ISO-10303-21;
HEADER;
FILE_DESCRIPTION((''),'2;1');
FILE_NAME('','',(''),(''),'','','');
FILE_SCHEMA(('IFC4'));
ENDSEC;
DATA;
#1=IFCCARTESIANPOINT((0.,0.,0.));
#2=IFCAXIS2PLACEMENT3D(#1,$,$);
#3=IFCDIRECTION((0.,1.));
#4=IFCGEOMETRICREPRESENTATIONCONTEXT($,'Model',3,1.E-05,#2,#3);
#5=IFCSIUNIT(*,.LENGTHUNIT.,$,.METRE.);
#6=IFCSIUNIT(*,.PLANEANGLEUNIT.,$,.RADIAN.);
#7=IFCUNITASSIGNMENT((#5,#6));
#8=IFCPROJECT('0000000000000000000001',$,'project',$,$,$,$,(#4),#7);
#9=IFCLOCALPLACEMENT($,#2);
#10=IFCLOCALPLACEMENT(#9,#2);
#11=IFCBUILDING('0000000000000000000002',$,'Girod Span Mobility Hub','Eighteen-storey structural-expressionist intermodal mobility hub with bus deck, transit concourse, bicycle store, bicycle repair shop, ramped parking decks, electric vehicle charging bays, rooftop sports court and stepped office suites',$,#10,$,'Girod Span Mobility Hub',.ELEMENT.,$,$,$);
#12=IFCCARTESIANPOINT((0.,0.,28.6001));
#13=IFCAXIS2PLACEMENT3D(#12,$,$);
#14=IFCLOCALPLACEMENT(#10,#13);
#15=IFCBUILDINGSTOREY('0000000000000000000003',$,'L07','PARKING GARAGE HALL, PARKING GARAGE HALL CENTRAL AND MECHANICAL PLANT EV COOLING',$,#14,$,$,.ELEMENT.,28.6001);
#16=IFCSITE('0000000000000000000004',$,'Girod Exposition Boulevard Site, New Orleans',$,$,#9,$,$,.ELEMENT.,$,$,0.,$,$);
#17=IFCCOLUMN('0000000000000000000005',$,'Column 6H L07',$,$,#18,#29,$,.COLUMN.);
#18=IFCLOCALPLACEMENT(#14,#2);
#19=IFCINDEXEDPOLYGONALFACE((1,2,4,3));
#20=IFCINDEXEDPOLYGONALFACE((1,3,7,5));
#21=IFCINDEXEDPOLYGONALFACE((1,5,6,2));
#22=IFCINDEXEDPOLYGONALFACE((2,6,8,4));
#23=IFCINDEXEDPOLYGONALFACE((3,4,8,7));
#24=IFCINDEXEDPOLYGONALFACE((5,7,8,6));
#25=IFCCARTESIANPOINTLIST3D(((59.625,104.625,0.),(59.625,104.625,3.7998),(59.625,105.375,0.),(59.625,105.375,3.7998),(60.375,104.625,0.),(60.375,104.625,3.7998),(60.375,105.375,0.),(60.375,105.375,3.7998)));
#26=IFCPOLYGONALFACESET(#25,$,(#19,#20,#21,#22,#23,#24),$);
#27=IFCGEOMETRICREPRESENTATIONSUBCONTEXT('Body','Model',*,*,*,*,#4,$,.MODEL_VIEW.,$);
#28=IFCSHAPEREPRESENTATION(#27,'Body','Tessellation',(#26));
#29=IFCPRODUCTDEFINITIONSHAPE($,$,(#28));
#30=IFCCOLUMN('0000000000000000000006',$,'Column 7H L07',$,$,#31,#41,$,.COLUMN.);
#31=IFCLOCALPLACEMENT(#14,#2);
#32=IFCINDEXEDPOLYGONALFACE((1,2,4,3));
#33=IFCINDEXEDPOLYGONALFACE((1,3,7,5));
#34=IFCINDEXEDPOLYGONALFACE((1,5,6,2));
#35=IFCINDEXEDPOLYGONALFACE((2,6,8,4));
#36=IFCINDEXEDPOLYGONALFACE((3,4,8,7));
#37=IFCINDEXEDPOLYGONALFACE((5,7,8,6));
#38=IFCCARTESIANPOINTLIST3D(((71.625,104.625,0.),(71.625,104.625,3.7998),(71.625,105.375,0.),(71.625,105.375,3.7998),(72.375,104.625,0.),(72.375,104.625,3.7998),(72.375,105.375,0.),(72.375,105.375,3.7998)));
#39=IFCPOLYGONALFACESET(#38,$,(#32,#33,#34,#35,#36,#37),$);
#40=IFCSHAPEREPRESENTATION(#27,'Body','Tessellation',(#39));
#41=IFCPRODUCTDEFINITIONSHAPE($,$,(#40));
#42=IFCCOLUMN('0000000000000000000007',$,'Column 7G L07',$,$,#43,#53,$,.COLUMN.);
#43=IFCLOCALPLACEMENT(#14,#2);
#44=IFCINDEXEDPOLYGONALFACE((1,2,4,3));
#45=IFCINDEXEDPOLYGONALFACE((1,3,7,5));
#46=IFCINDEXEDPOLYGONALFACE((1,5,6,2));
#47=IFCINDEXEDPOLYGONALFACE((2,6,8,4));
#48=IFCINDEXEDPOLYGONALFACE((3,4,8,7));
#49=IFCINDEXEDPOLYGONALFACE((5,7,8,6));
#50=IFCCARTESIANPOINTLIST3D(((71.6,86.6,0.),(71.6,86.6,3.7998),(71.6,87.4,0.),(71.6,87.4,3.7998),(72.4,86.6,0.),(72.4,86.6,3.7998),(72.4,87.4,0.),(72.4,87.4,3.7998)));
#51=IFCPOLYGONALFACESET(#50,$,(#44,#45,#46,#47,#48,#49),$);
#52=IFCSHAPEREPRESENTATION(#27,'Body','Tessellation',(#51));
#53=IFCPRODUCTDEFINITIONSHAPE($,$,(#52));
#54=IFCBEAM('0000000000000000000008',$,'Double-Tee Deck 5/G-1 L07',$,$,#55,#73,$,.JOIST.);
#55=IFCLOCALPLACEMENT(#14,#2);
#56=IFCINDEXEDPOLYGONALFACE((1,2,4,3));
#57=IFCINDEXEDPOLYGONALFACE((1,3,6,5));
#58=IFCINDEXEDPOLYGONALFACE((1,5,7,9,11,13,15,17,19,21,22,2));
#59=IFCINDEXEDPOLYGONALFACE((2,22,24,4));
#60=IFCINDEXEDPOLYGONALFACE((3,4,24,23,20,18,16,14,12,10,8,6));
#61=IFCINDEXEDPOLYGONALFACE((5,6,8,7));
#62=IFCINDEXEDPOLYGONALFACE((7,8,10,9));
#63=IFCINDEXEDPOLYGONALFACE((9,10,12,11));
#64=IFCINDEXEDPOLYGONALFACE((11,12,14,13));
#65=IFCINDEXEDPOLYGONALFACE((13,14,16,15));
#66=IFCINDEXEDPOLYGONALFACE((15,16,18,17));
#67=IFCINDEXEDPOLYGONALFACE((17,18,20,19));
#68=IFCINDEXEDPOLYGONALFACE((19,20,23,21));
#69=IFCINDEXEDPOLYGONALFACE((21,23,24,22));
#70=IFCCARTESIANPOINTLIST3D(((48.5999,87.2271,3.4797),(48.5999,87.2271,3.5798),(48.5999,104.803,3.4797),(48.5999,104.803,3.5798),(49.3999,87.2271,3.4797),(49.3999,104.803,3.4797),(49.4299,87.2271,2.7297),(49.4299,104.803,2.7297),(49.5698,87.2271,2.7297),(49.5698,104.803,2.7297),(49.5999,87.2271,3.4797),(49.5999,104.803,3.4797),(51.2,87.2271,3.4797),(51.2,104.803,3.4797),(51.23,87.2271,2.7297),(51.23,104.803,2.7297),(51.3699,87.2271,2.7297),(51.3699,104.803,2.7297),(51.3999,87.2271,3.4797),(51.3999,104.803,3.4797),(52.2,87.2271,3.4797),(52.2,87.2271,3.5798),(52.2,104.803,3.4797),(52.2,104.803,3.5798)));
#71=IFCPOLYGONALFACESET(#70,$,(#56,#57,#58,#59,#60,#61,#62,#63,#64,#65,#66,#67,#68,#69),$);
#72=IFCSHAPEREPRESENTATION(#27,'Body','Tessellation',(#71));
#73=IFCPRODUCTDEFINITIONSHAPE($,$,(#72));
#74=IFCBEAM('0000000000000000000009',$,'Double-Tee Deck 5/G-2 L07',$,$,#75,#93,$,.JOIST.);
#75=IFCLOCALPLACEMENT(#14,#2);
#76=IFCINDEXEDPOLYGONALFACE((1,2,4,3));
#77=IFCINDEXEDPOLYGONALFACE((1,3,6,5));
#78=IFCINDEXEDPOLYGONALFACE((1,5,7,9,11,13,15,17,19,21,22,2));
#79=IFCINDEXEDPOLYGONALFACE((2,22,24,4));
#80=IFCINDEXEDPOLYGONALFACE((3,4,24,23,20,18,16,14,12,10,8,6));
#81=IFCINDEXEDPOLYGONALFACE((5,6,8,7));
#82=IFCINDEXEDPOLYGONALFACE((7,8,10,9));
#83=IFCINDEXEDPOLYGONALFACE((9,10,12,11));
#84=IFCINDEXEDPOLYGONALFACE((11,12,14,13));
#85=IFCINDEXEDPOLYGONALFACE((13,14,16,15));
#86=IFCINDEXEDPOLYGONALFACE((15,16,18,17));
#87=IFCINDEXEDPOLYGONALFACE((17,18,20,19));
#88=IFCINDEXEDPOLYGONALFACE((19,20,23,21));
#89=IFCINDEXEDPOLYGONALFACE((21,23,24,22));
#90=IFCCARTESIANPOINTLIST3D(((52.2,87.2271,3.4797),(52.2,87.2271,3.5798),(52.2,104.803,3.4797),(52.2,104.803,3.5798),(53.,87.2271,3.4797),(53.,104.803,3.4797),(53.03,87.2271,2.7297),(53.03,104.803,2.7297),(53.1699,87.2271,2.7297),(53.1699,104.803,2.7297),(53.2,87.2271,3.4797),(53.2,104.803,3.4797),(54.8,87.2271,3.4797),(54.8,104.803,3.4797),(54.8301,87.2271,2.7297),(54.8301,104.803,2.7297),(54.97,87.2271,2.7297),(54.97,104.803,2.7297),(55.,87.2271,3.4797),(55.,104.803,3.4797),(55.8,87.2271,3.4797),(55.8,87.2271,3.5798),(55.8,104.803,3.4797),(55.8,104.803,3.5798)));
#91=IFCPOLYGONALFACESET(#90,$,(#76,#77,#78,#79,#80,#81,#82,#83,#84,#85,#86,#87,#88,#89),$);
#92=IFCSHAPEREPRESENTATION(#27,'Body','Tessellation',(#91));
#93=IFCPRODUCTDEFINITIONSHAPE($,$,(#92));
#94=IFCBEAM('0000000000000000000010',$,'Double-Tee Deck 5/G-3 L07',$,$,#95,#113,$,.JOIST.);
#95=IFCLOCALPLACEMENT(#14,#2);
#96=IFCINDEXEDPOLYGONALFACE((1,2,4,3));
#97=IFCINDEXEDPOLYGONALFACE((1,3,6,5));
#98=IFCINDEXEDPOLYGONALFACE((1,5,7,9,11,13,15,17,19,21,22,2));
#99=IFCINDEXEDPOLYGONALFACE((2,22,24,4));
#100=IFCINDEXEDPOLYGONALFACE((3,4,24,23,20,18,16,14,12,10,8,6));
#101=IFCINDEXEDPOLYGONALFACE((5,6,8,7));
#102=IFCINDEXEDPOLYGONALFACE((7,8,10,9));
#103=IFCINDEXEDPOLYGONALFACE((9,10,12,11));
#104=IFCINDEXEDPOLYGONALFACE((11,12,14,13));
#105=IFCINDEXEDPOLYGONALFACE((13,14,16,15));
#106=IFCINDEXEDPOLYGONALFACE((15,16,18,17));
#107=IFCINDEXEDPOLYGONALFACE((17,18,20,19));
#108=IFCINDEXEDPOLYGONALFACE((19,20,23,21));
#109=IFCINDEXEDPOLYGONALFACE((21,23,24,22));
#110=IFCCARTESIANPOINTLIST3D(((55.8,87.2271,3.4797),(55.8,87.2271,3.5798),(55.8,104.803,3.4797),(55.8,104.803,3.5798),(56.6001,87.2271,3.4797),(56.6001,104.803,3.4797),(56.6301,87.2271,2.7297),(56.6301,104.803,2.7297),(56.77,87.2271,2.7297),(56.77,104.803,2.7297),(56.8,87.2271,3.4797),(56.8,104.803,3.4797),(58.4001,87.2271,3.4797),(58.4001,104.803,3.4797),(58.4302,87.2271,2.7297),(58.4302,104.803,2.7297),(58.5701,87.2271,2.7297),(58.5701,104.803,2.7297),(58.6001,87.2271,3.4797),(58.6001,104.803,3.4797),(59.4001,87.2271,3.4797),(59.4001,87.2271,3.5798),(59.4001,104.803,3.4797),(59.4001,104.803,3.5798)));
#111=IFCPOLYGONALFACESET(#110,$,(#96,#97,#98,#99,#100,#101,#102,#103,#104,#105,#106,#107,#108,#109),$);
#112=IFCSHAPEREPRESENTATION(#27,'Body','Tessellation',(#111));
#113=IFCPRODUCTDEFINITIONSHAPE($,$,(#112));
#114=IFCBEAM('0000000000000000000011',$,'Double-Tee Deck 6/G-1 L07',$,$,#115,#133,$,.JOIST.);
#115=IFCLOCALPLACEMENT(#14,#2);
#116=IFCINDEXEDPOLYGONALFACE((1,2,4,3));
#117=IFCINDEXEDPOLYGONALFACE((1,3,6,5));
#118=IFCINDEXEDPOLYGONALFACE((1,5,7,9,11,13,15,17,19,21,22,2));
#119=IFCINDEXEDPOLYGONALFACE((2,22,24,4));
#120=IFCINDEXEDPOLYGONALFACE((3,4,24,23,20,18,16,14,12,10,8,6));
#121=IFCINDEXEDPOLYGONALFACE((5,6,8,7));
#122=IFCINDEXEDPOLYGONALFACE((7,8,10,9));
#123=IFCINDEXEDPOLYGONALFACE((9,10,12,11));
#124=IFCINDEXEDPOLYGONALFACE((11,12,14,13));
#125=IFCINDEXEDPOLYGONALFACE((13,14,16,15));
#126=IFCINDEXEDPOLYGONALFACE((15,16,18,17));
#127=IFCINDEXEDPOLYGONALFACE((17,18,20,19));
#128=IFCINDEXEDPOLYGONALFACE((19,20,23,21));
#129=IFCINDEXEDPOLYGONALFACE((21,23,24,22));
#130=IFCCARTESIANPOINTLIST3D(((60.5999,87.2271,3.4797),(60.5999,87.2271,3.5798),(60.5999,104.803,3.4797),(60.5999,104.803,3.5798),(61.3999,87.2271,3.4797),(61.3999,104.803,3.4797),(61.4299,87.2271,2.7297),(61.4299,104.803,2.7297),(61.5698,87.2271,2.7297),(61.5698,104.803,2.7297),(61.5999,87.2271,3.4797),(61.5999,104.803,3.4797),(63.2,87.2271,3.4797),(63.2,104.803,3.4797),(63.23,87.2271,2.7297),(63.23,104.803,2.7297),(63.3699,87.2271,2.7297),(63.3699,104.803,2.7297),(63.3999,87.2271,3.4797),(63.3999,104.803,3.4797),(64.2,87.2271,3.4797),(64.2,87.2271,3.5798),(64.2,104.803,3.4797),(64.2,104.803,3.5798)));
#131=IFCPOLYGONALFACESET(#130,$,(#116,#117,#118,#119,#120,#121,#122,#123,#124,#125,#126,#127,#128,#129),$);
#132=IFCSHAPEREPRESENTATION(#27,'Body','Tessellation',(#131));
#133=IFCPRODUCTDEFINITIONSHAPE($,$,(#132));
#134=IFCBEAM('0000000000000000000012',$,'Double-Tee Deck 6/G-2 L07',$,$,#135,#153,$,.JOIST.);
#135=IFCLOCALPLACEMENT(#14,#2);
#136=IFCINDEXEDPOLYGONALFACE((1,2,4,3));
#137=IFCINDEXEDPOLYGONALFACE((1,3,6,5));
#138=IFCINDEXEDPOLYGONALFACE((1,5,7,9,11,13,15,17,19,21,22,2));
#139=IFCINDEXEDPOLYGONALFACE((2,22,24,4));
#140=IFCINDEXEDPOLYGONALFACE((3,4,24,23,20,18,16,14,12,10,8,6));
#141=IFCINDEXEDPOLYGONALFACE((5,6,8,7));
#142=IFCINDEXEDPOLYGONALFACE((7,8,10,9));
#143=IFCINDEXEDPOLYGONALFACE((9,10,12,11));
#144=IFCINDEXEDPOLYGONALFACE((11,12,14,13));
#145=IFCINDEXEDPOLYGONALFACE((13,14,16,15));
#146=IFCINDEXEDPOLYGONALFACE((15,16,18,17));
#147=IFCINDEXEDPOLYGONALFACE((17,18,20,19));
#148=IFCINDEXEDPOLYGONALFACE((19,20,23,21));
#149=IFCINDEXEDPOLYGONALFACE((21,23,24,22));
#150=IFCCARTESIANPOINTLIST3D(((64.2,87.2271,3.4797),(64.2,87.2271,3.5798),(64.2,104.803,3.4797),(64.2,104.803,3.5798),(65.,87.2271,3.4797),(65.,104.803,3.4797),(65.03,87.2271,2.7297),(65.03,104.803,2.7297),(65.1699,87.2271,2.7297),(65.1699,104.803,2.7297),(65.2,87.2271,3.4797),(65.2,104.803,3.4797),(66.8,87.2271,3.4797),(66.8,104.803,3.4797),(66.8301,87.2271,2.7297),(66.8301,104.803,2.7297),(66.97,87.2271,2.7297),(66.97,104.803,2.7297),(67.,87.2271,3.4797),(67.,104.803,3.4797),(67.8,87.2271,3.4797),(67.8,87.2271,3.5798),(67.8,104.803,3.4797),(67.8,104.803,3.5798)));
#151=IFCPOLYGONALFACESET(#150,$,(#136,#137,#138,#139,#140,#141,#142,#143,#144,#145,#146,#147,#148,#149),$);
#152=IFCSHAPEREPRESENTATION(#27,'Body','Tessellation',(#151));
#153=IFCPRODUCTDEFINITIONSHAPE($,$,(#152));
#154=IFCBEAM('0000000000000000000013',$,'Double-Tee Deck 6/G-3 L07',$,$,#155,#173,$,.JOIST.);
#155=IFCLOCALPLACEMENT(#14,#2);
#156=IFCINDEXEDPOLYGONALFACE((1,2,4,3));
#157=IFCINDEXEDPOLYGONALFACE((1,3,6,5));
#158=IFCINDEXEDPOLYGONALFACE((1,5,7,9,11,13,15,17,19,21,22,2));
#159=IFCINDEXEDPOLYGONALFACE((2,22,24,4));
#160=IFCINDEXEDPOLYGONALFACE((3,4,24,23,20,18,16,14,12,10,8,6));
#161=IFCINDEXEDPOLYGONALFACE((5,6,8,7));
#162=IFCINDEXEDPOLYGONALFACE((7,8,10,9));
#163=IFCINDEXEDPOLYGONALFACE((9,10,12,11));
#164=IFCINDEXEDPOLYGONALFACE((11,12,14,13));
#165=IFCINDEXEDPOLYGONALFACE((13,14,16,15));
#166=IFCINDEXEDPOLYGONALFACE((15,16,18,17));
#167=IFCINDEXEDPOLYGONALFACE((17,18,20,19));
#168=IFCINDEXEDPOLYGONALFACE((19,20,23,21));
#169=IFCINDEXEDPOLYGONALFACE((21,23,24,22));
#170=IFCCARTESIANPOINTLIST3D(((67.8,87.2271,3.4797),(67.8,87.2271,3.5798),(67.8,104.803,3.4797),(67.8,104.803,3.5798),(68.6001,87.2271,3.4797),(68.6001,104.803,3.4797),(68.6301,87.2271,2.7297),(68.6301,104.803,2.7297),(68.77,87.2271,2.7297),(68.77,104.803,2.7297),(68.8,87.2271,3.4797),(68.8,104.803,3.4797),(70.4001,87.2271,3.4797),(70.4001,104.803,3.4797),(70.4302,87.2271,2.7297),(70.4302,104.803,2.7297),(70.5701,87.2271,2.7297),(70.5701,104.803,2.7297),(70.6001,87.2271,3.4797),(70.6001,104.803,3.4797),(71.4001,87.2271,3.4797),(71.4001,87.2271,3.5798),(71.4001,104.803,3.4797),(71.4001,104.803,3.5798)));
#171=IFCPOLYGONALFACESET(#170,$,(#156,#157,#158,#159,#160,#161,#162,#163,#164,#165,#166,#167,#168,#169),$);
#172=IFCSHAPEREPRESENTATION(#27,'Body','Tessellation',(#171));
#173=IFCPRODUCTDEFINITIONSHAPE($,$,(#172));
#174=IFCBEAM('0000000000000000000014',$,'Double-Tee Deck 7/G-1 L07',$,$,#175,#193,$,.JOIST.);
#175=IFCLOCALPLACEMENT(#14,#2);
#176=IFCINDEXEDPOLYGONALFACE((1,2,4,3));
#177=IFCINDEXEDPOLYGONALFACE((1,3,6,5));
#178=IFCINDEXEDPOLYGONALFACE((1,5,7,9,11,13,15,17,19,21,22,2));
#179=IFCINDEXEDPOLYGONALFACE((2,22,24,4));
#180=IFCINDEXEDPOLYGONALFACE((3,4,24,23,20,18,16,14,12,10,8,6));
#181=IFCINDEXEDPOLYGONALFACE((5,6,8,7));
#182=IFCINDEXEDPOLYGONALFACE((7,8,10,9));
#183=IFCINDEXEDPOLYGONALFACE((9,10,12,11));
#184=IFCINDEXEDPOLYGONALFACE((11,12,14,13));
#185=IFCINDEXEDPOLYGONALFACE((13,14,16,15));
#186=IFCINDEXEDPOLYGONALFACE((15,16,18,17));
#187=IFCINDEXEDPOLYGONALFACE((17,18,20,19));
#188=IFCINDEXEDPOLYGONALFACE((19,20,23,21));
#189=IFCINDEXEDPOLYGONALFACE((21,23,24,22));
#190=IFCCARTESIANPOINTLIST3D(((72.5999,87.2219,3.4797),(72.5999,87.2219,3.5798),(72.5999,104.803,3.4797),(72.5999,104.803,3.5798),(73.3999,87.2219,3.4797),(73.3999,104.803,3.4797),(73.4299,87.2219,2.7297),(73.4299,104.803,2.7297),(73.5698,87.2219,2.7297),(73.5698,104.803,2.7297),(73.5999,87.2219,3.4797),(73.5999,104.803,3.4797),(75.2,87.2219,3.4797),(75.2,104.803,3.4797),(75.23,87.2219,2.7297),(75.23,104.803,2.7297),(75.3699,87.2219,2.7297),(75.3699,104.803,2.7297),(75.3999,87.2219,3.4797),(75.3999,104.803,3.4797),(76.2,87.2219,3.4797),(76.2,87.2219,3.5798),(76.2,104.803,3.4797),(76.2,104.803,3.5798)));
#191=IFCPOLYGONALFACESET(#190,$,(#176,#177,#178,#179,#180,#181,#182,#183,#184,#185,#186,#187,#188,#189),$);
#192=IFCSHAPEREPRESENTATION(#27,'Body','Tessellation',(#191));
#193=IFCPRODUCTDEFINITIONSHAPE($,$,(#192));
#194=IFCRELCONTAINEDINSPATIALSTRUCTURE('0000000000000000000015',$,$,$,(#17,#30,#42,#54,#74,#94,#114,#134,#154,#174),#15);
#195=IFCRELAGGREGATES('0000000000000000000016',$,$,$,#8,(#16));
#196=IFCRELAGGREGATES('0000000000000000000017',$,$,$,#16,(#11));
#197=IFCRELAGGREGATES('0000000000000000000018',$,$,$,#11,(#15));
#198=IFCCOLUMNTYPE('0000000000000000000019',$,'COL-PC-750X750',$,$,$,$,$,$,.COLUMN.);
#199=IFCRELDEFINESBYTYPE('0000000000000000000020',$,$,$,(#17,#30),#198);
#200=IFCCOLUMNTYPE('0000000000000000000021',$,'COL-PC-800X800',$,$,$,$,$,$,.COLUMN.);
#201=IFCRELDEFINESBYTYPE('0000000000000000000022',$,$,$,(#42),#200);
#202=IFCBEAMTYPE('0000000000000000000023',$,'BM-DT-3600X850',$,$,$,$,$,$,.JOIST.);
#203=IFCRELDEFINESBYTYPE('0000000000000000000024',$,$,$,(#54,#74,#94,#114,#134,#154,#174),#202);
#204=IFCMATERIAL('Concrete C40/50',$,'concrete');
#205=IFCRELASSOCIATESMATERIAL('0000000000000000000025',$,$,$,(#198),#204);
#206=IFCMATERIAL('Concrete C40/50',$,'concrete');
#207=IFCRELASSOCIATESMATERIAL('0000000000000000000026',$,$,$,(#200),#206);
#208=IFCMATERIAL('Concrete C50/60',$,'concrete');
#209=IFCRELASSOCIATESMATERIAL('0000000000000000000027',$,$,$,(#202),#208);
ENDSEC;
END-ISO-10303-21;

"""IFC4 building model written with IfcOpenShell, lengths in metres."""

from ifc_helpers import new_model, si_unit, direction, frame, origin, origin_2d, place, context, subcontext, project, spatial, polyline, rectangle, outline, extrude, material, material_profile, profile_set, type_object, element, save


model = new_model("IFC4")

# Units and contexts
model_context = context("Model", 3, precision=1e-05, world=origin(), true_north=direction((0.0, 1.0)))
body_context = subcontext(model_context, "Body", "Model", "MODEL_VIEW")
ifc_project = project(units=[si_unit("LENGTHUNIT", "METRE"), si_unit("PLANEANGLEUNIT", "RADIAN")], contexts=[model_context])

# Site, building, storey
site_placement = place(None, origin())
site = spatial("IfcSite", under=ifc_project, at=site_placement, Name="Girod Exposition Boulevard Site, New Orleans", CompositionType="ELEMENT", RefElevation=0.0)
building_placement = place(site_placement, origin())
building = spatial("IfcBuilding", under=site, at=building_placement, Name="Girod Span Mobility Hub", Description="Eighteen-storey structural-expressionist intermodal mobility hub with bus deck, transit concourse, bicycle store, bicycle repair shop, ramped parking decks, electric vehicle charging bays, rooftop sports court and stepped office suites", LongName="Girod Span Mobility Hub", CompositionType="ELEMENT")
storey_placement = place(building_placement, frame((0.0, 0.0, 28.6001)))
storey = spatial("IfcBuildingStorey", under=building, at=storey_placement, Name="L07", Description="PARKING GARAGE HALL, PARKING GARAGE HALL CENTRAL AND MECHANICAL PLANT EV COOLING", CompositionType="ELEMENT", Elevation=28.6001)

# Columns
ifc_material_1 = material(Name="Concrete C40/50", Category="concrete")
ifc_material_profile_1 = material_profile(ifc_material_1, rectangle(XDim=0.75, YDim=0.75, at=origin_2d()), Name="PC-COL-750X750")
ifc_profile_set_1 = profile_set([ifc_material_profile_1], Name="Concrete C40/50")
column_type_1 = type_object("IfcColumnType", Name="COL-PC-750X750", PredefinedType="COLUMN", material=ifc_profile_set_1)
for number, where, z_axis, x_axis, name in (
    (1, (60.0, 105.0, 0.0), (0.0, 0.0, 1.0), (1.0, 0.0, 0.0), "Column 6H L07"),
    (2, (72.0, 105.0, 0.0), (0.0, 0.0, 1.0), (1.0, 0.0, 0.0), "Column 7H L07"),
):
    element("IfcColumn", number, at=place(storey_placement, frame(where, z_axis=z_axis, x_axis=x_axis)), inside=storey, type_object=column_type_1, Name=name, PredefinedType="COLUMN", context=body_context, shape_type="SweptSolid", body=[
        extrude(rectangle(XDim=0.75, YDim=0.75, at=origin_2d()), origin(), (0.0, 0.0, 1.0), 3.7998),
    ])
ifc_material_2 = material(Name="Concrete C40/50", Category="concrete")
ifc_material_profile_2 = material_profile(ifc_material_2, rectangle(XDim=0.8, YDim=0.8, at=origin_2d()), Name="PC-COL-800X800")
ifc_profile_set_2 = profile_set([ifc_material_profile_2], Name="Concrete C40/50")
column_type_2 = type_object("IfcColumnType", Name="COL-PC-800X800", PredefinedType="COLUMN", material=ifc_profile_set_2)
column_placement = place(storey_placement, frame((72.0, 87.0, 0.0), z_axis=(0.0, 0.0, 1.0), x_axis=(1.0, 0.0, 0.0)))
element("IfcColumn", 3, at=column_placement, inside=storey, type_object=column_type_2, Name="Column 7G L07", PredefinedType="COLUMN", context=body_context, shape_type="SweptSolid", body=[
    extrude(rectangle(XDim=0.8, YDim=0.8, at=origin_2d()), origin(), (0.0, 0.0, 1.0), 3.7998),
])

# Beams
ifc_material_3 = material(Name="Concrete C50/60", Category="concrete")
ifc_material_profile_3 = material_profile(ifc_material_3, outline(polyline([(-1.8, 0.425), (-1.8, 0.325), (-1.0, 0.325), (-0.97, -0.425), (-0.8301, -0.425), (-0.8, 0.325), (0.8, 0.325), (0.8301, -0.425), (0.97, -0.425), (1.0, 0.325), (1.8, 0.325), (1.8, 0.425), (-1.8, 0.425)])), Name="DT-3600X850")
ifc_profile_set_3 = profile_set([ifc_material_profile_3], Name="Concrete C50/60")
beam_type_1 = type_object("IfcBeamType", Name="BM-DT-3600X850", PredefinedType="JOIST", material=ifc_profile_set_3)
for number, where, z_axis, x_axis, name in (
    (4, (50.3999, 87.2271, 3.1548), (0.0, 1.0, 0.0), (-1.0, 0.0, 0.0), "Double-Tee Deck 5/G-1 L07"),
    (5, (54.0, 87.2271, 3.1548), (0.0, 1.0, 0.0), (-1.0, 0.0, 0.0), "Double-Tee Deck 5/G-2 L07"),
    (6, (57.6001, 87.2271, 3.1548), (0.0, 1.0, 0.0), (-1.0, 0.0, 0.0), "Double-Tee Deck 5/G-3 L07"),
    (7, (62.3999, 87.2271, 3.1548), (0.0, 1.0, 0.0), (-1.0, 0.0, 0.0), "Double-Tee Deck 6/G-1 L07"),
    (8, (66.0, 87.2271, 3.1548), (0.0, 1.0, 0.0), (-1.0, 0.0, 0.0), "Double-Tee Deck 6/G-2 L07"),
    (9, (69.6001, 87.2271, 3.1548), (0.0, 1.0, 0.0), (-1.0, 0.0, 0.0), "Double-Tee Deck 6/G-3 L07"),
):
    element("IfcBeam", number, at=place(storey_placement, frame(where, z_axis=z_axis, x_axis=x_axis)), inside=storey, type_object=beam_type_1, Name=name, PredefinedType="JOIST", context=body_context, shape_type="SweptSolid", body=[
        extrude(outline(polyline([(-1.8, 0.425), (-1.8, 0.325), (-1.0, 0.325), (-0.97, -0.425), (-0.8301, -0.425), (-0.8, 0.325), (0.8, 0.325), (0.8301, -0.425), (0.97, -0.425), (1.0, 0.325), (1.8, 0.325), (1.8, 0.425), (-1.8, 0.425)])), origin(), (0.0, 0.0, 1.0), 17.5759),
    ])
beam_1_placement = place(storey_placement, frame((74.3999, 87.2219, 3.1548), z_axis=(0.0, 1.0, 0.0), x_axis=(-1.0, 0.0, 0.0)))
element("IfcBeam", 10, at=beam_1_placement, inside=storey, type_object=beam_type_1, Name="Double-Tee Deck 7/G-1 L07", PredefinedType="JOIST", context=body_context, shape_type="SweptSolid", body=[
    extrude(outline(polyline([(-1.8, 0.425), (-1.8, 0.325), (-1.0, 0.325), (-0.97, -0.425), (-0.8301, -0.425), (-0.8, 0.325), (0.8, 0.325), (0.8301, -0.425), (0.97, -0.425), (1.0, 0.325), (1.8, 0.325), (1.8, 0.425), (-1.8, 0.425)])), origin(), (0.0, 0.0, 1.0), 17.5811),
])

save(model, "model.ifc")
